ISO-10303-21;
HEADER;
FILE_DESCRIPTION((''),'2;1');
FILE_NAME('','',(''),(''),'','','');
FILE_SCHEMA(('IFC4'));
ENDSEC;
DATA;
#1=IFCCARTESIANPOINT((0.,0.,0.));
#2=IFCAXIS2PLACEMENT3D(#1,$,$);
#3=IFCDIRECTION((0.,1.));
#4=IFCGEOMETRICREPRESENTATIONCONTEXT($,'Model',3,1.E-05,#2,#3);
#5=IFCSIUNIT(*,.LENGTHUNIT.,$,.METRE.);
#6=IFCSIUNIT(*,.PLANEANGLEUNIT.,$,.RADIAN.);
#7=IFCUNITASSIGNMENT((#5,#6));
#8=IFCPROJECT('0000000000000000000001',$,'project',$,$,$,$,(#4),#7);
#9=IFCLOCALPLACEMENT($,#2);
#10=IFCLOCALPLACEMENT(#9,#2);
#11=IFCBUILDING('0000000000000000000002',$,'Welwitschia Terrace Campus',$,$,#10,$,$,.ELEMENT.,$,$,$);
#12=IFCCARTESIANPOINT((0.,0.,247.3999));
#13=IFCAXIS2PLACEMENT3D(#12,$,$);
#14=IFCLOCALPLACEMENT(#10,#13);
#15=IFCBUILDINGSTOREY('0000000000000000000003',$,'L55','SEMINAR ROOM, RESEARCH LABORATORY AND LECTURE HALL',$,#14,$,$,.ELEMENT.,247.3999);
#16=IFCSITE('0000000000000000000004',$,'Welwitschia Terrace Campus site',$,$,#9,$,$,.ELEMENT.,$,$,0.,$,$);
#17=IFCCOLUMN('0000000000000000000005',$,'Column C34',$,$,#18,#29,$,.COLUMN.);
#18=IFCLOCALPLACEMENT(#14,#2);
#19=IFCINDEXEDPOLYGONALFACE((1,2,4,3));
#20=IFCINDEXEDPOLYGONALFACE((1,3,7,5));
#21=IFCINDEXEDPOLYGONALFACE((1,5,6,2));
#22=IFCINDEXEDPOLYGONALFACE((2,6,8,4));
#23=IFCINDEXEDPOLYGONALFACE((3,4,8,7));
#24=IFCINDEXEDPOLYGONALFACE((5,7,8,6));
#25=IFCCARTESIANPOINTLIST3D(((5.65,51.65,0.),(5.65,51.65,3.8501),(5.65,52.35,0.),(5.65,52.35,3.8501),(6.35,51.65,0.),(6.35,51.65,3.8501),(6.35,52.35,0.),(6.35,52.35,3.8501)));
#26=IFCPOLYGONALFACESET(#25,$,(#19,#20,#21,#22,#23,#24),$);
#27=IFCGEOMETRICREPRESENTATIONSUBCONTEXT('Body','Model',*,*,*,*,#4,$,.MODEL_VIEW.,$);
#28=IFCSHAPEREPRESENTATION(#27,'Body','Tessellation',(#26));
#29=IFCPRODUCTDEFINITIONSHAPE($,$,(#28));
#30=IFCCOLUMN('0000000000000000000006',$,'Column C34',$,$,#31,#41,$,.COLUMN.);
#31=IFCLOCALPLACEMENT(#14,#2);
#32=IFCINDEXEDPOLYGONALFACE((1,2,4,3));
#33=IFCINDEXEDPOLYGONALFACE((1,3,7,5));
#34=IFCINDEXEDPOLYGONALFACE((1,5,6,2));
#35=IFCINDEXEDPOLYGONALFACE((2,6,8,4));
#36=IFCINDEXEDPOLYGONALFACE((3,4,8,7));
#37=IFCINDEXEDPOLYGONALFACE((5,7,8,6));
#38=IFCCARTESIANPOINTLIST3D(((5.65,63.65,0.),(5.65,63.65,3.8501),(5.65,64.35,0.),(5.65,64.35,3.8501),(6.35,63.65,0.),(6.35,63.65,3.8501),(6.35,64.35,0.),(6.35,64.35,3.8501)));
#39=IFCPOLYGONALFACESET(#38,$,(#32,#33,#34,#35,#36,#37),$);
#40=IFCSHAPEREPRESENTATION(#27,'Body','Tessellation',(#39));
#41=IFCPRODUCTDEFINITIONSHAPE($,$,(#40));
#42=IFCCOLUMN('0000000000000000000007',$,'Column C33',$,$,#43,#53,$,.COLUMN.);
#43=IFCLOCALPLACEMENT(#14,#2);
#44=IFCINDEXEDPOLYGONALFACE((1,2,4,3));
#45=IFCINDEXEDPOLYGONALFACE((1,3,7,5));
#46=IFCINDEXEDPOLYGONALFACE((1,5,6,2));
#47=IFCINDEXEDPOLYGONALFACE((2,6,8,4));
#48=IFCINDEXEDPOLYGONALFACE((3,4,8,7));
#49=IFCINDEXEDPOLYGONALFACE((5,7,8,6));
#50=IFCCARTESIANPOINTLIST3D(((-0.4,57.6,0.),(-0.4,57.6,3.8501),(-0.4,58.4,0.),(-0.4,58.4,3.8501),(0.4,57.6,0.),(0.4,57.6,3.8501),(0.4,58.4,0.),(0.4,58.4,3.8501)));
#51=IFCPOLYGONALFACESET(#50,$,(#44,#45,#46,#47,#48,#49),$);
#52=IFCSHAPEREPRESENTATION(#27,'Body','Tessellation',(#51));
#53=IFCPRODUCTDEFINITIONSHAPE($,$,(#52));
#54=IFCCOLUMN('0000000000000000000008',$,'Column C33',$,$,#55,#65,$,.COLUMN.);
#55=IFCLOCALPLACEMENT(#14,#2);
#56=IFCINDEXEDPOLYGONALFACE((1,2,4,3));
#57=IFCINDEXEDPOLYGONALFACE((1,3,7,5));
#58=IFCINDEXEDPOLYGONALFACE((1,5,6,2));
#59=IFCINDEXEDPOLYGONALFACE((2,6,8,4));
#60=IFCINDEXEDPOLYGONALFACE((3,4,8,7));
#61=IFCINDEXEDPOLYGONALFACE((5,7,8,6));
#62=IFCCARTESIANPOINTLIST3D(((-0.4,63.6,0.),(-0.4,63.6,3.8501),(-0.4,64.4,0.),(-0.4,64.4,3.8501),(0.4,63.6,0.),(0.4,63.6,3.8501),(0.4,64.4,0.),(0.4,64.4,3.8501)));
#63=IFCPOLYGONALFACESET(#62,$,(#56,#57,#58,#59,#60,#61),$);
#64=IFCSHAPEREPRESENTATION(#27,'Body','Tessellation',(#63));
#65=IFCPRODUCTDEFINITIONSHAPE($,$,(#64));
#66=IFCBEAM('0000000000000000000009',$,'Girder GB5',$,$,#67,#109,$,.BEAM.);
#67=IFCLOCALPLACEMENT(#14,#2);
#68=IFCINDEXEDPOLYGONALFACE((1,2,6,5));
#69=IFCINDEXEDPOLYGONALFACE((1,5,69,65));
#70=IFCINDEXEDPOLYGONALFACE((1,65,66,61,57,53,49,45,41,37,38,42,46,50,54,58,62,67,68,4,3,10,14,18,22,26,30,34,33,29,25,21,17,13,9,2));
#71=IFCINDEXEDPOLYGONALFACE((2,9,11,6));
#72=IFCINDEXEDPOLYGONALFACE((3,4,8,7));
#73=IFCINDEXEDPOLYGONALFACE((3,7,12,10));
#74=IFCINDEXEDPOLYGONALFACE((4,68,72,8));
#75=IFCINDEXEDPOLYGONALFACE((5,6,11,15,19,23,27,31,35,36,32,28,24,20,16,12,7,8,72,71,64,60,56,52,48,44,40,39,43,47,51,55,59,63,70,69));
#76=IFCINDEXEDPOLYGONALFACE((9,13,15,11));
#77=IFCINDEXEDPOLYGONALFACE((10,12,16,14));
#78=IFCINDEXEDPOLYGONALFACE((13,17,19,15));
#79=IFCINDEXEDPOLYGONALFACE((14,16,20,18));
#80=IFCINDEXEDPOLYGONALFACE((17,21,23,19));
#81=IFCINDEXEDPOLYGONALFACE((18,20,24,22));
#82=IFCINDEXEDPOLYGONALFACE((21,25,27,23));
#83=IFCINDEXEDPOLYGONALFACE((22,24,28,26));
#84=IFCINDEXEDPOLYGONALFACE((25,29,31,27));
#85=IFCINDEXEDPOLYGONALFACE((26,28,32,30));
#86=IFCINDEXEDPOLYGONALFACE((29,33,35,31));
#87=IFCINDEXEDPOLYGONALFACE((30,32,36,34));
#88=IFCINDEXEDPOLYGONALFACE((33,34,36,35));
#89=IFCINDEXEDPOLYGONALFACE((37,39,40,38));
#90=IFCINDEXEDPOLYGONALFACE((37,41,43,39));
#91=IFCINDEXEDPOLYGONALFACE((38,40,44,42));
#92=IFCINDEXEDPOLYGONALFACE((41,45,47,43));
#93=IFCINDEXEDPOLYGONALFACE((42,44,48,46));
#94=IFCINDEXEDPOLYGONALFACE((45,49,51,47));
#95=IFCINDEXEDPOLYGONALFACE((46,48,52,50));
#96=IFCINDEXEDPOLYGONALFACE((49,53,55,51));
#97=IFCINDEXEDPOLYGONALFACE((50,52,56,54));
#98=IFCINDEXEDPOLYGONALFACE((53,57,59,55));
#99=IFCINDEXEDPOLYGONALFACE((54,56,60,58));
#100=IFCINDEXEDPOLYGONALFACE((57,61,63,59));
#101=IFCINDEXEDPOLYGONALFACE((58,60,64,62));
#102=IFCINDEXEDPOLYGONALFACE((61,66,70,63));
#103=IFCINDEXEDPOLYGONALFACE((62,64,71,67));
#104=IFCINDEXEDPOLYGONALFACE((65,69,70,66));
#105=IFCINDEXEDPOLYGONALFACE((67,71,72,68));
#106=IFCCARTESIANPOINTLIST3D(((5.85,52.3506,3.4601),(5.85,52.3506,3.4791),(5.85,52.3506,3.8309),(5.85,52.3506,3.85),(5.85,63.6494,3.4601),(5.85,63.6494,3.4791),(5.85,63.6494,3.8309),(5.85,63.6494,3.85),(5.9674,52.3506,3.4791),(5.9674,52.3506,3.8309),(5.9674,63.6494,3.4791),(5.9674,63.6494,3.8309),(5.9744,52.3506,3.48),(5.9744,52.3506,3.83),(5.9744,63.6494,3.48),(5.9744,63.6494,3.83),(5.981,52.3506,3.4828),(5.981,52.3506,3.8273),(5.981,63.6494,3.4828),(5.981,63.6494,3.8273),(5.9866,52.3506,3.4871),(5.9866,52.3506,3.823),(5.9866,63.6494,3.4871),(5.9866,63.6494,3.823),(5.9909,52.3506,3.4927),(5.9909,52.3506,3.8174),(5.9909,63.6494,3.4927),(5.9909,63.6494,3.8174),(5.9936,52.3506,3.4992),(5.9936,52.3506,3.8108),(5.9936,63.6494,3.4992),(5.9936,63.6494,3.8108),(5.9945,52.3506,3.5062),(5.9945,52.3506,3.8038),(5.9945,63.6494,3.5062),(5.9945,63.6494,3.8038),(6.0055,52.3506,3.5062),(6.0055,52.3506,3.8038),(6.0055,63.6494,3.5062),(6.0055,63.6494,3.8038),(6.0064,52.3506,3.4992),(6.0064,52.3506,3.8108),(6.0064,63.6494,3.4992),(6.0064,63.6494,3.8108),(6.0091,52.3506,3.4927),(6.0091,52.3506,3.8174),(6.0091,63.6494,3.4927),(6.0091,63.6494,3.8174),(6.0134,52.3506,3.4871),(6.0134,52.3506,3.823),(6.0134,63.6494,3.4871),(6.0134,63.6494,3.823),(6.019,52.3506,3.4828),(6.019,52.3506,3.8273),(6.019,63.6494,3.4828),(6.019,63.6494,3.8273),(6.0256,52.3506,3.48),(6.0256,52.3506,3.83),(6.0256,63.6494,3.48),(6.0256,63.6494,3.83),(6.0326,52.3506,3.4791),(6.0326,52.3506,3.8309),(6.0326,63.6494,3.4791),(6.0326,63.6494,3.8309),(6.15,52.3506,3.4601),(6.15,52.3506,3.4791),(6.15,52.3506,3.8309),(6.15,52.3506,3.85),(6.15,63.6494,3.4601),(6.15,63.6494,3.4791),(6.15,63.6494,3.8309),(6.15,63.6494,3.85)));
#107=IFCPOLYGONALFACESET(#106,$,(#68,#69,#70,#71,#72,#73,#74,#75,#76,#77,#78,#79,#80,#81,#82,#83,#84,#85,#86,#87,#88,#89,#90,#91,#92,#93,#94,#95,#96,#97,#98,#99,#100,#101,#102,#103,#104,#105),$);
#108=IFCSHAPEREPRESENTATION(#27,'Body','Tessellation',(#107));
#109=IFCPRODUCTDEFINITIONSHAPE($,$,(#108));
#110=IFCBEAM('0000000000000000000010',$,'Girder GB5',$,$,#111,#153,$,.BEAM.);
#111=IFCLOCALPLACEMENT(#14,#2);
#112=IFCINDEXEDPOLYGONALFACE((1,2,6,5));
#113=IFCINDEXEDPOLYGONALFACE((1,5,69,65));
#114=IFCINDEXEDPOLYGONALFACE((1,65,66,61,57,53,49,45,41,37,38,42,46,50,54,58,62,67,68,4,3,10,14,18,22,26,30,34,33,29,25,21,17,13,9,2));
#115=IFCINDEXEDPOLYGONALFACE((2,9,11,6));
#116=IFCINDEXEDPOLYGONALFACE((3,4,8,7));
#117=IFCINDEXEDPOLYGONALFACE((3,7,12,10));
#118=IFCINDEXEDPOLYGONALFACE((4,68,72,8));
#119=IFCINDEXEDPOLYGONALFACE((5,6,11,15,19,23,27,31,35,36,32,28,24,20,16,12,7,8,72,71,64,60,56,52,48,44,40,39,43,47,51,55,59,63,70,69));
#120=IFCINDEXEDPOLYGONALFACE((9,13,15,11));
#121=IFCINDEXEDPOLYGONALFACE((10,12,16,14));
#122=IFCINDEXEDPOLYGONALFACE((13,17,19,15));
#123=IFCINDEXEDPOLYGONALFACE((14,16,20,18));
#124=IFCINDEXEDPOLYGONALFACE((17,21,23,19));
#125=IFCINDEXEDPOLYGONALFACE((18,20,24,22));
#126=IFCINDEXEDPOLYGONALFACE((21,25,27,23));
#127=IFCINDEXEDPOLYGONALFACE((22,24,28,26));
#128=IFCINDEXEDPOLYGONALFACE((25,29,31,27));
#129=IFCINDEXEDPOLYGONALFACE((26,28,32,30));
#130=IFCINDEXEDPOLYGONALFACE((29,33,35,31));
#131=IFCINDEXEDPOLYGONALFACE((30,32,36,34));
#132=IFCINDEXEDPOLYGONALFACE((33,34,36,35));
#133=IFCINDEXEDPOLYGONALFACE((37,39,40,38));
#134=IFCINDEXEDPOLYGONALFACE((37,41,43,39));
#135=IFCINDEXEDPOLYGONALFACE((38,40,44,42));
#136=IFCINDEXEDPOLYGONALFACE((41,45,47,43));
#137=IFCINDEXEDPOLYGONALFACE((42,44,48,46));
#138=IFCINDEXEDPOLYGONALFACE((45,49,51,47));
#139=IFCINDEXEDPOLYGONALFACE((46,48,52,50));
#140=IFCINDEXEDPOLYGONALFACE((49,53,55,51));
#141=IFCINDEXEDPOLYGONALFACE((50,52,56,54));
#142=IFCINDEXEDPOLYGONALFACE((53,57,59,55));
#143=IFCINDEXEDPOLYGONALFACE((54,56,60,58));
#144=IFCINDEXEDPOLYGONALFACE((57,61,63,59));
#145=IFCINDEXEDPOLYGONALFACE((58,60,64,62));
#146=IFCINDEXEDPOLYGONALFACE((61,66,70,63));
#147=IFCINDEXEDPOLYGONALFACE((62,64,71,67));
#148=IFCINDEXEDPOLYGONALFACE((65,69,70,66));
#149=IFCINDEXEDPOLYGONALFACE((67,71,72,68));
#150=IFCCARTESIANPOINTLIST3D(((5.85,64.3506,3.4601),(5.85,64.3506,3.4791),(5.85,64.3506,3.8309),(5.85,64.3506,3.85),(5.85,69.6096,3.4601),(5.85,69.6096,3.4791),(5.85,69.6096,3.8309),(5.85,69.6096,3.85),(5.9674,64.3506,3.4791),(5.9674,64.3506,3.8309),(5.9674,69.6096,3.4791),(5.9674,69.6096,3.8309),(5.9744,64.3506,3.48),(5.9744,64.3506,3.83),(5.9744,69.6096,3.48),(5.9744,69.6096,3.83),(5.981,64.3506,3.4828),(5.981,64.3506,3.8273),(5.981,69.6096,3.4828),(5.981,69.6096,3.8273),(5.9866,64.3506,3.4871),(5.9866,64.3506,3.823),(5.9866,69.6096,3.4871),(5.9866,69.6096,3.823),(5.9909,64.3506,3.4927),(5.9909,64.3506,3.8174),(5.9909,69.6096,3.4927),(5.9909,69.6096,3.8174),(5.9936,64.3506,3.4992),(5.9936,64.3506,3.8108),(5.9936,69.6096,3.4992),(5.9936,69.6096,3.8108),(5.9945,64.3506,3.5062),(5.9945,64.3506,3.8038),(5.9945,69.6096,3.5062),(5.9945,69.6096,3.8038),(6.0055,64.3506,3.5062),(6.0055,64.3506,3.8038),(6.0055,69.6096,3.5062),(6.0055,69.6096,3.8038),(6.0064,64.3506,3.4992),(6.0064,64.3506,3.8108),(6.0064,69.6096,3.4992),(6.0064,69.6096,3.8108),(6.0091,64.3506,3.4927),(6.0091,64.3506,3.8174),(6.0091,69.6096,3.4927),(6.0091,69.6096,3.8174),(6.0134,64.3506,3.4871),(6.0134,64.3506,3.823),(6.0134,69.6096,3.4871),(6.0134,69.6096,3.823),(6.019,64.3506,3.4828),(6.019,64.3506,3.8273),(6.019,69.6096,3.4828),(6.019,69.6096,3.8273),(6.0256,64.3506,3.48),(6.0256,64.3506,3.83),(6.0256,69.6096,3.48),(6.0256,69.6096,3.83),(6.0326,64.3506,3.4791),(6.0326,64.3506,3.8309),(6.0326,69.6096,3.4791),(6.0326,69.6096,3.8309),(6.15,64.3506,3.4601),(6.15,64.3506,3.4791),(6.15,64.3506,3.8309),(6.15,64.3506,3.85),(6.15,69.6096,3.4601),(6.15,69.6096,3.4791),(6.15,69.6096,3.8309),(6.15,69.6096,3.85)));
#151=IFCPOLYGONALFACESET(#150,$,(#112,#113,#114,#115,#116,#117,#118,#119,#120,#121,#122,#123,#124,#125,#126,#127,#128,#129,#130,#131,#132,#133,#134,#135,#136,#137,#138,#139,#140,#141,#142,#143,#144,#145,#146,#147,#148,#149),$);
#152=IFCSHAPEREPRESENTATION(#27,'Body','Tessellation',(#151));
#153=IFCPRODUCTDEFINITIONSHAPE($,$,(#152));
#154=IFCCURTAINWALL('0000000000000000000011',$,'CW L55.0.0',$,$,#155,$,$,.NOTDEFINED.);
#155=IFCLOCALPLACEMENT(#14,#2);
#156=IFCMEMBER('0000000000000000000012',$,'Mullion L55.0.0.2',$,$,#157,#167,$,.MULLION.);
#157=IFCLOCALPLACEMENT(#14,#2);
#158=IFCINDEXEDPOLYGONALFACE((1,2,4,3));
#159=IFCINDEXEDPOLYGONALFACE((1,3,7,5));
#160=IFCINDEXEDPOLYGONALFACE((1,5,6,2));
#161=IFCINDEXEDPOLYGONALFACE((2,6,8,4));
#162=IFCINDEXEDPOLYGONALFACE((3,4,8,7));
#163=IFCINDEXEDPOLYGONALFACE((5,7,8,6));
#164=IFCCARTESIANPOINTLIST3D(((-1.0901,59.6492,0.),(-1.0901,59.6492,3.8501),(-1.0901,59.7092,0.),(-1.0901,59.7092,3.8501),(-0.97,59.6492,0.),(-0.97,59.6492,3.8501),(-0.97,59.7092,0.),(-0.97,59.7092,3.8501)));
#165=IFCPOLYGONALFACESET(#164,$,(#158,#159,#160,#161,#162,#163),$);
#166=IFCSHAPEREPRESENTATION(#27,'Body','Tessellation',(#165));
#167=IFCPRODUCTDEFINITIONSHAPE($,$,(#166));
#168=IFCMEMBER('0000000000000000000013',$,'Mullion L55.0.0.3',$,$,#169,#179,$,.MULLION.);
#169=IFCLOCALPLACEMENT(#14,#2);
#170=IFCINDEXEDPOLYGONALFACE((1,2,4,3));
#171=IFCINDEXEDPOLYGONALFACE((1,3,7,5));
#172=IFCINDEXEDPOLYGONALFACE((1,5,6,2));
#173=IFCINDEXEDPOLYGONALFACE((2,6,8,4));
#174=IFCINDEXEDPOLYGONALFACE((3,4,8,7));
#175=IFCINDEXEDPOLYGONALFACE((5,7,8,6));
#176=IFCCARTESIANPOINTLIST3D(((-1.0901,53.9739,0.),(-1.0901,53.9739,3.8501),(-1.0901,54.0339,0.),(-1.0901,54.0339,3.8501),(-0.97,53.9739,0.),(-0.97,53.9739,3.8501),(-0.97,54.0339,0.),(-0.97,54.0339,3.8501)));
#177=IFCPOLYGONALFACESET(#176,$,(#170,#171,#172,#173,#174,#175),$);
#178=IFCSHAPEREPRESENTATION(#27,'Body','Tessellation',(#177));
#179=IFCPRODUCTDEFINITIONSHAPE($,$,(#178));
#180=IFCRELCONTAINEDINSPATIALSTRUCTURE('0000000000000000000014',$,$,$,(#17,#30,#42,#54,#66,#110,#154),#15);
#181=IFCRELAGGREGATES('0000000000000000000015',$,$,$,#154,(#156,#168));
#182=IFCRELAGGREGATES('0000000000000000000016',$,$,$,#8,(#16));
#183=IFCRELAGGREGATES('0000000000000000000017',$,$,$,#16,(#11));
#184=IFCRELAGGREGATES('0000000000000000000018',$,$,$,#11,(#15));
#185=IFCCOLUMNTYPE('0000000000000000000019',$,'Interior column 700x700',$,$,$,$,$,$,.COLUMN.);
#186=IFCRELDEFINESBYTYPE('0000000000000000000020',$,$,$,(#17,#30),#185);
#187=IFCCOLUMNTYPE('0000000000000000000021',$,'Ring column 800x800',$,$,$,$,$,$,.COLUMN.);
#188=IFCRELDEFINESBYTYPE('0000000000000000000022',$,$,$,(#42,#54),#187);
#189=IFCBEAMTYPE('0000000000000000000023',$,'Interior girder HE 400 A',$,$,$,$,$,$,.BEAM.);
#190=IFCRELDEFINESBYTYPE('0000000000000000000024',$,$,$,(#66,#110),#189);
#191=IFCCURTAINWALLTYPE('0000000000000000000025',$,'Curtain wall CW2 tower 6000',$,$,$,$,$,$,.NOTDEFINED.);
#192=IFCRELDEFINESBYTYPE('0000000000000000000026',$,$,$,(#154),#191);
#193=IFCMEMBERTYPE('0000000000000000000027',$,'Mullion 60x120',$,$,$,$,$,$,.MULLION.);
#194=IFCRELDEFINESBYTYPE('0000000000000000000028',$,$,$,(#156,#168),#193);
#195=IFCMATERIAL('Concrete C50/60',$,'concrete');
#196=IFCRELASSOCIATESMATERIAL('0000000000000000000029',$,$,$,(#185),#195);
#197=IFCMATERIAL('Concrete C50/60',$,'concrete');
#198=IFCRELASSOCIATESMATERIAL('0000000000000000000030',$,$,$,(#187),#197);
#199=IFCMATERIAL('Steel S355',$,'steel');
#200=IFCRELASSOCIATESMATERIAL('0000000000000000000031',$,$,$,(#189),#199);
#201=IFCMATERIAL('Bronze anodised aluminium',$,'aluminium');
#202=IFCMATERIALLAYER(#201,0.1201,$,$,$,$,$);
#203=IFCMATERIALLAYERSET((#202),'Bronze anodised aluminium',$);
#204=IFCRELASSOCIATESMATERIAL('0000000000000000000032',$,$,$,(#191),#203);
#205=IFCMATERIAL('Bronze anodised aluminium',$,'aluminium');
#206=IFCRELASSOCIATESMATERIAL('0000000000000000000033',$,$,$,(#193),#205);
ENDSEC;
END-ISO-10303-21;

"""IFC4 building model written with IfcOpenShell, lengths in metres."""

from ifc_helpers import new_model, si_unit, direction, frame, origin, origin_2d, place, context, subcontext, project, spatial, rectangle, i_section, extrude, material, layer, layer_set, material_profile, profile_set, type_object, element, aggregate, save


model = new_model("IFC4")

# Units and contexts
model_context = context("Model", 3, precision=1e-05, world=origin(), true_north=direction((0.0, 1.0)))
body_context = subcontext(model_context, "Body", "Model", "MODEL_VIEW")
ifc_project = project(units=[si_unit("LENGTHUNIT", "METRE"), si_unit("PLANEANGLEUNIT", "RADIAN")], contexts=[model_context])

# Site, building, storey
site_placement = place(None, origin())
site = spatial("IfcSite", under=ifc_project, at=site_placement, Name="Welwitschia Terrace Campus site", CompositionType="ELEMENT", RefElevation=0.0)
building_placement = place(site_placement, origin())
building = spatial("IfcBuilding", under=site, at=building_placement, Name="Welwitschia Terrace Campus", CompositionType="ELEMENT")
storey_placement = place(building_placement, frame((0.0, 0.0, 247.3999)))
storey = spatial("IfcBuildingStorey", under=building, at=storey_placement, Name="L55", Description="SEMINAR ROOM, RESEARCH LABORATORY AND LECTURE HALL", CompositionType="ELEMENT", Elevation=247.3999)

# Columns
ifc_material_1 = material(Name="Concrete C50/60", Category="concrete")
ifc_material_profile_1 = material_profile(ifc_material_1, rectangle(XDim=0.7, YDim=0.7, at=origin_2d()))
ifc_profile_set_1 = profile_set([ifc_material_profile_1], Name="Concrete C50/60")
column_type_1 = type_object("IfcColumnType", Name="Interior column 700x700", PredefinedType="COLUMN", material=ifc_profile_set_1)
for number, where, z_axis, x_axis, name in (
    (1, (6.0, 52.0, 0.0), (0.0, 0.0, 1.0), (1.0, 0.0, 0.0), "Column C34"),
    (2, (6.0, 64.0, 0.0), (0.0, 0.0, 1.0), (1.0, 0.0, 0.0), "Column C34"),
):
    element("IfcColumn", number, at=place(storey_placement, frame(where, z_axis=z_axis, x_axis=x_axis)), inside=storey, type_object=column_type_1, Name=name, PredefinedType="COLUMN", context=body_context, shape_type="SweptSolid", body=[
        extrude(rectangle(XDim=0.7, YDim=0.7, at=origin_2d()), origin(), (0.0, 0.0, 1.0), 3.8501),
    ])
ifc_material_2 = material(Name="Concrete C50/60", Category="concrete")
ifc_material_profile_2 = material_profile(ifc_material_2, rectangle(XDim=0.8, YDim=0.8, at=origin_2d()))
ifc_profile_set_2 = profile_set([ifc_material_profile_2], Name="Concrete C50/60")
column_type_2 = type_object("IfcColumnType", Name="Ring column 800x800", PredefinedType="COLUMN", material=ifc_profile_set_2)
for number, where, z_axis, x_axis, name in (
    (3, (0.0, 58.0, 0.0), (0.0, 0.0, 1.0), (1.0, 0.0, 0.0), "Column C33"),
    (4, (0.0, 64.0, 0.0), (0.0, 0.0, 1.0), (1.0, 0.0, 0.0), "Column C33"),
):
    element("IfcColumn", number, at=place(storey_placement, frame(where, z_axis=z_axis, x_axis=x_axis)), inside=storey, type_object=column_type_2, Name=name, PredefinedType="COLUMN", context=body_context, shape_type="SweptSolid", body=[
        extrude(rectangle(XDim=0.8, YDim=0.8, at=origin_2d()), origin(), (0.0, 0.0, 1.0), 3.8501),
    ])

# Beams
ifc_material_3 = material(Name="Steel S355", Category="steel")
ifc_material_profile_3 = material_profile(ifc_material_3, i_section(OverallWidth=0.3, OverallDepth=0.3899, WebThickness=0.011, FlangeThickness=0.019, FilletRadius=0.0271, at=origin_2d()))
ifc_profile_set_3 = profile_set([ifc_material_profile_3], Name="Steel S355")
beam_type_1 = type_object("IfcBeamType", Name="Interior girder HE 400 A", PredefinedType="BEAM", material=ifc_profile_set_3)
beam_1_placement = place(storey_placement, frame((6.0, 52.3506, 3.655), z_axis=(0.0, 1.0, 0.0), x_axis=(-1.0, 0.0, 0.0)))
element("IfcBeam", 5, at=beam_1_placement, inside=storey, type_object=beam_type_1, Name="Girder GB5", PredefinedType="BEAM", context=body_context, shape_type="SweptSolid", body=[
    extrude(i_section(OverallWidth=0.3, OverallDepth=0.3899, WebThickness=0.011, FlangeThickness=0.019, FilletRadius=0.0271, at=origin_2d()), origin(), (0.0, 0.0, 1.0), 11.2988),
])
beam_2_placement = place(storey_placement, frame((6.0, 64.3506, 3.655), z_axis=(0.0, 1.0, 0.0), x_axis=(-1.0, 0.0, 0.0)))
element("IfcBeam", 6, at=beam_2_placement, inside=storey, type_object=beam_type_1, Name="Girder GB5", PredefinedType="BEAM", context=body_context, shape_type="SweptSolid", body=[
    extrude(i_section(OverallWidth=0.3, OverallDepth=0.3899, WebThickness=0.011, FlangeThickness=0.019, FilletRadius=0.0271, at=origin_2d()), origin(), (0.0, 0.0, 1.0), 5.259),
])

# Curtain wall, members
ifc_material_4 = material(Name="Bronze anodised aluminium", Category="aluminium")
ifc_layer_1 = layer(ifc_material_4, 0.1201)
ifc_layer_set_1 = layer_set([ifc_layer_1], Name="Bronze anodised aluminium")
curtain_wall_type = type_object("IfcCurtainWallType", Name="Curtain wall CW2 tower 6000", PredefinedType="NOTDEFINED", material=ifc_layer_set_1)
curtain_wall_placement = place(storey_placement, origin())
curtain_wall = element("IfcCurtainWall", 7, at=curtain_wall_placement, inside=storey, type_object=curtain_wall_type, Name="CW L55.0.0", PredefinedType="NOTDEFINED")
ifc_material_5 = material(Name="Bronze anodised aluminium", Category="aluminium")
ifc_material_profile_4 = material_profile(ifc_material_5, rectangle(XDim=0.1201, YDim=0.0601, at=origin_2d()))
ifc_profile_set_4 = profile_set([ifc_material_profile_4], Name="Bronze anodised aluminium")
member_type = type_object("IfcMemberType", Name="Mullion 60x120", PredefinedType="MULLION", material=ifc_profile_set_4)
member_1_placement = place(storey_placement, frame((-1.03, 59.6792, 0.0), z_axis=(0.0, 0.0, 1.0), x_axis=(1.0, 0.0, 0.0)))
member_1 = element("IfcMember", 8, at=member_1_placement, type_object=member_type, Name="Mullion L55.0.0.2", PredefinedType="MULLION", context=body_context, shape_type="SweptSolid", body=[
    extrude(rectangle(XDim=0.1201, YDim=0.0601, at=origin_2d()), origin(), (0.0, 0.0, 1.0), 3.8501),
])
member_2_placement = place(storey_placement, frame((-1.03, 54.0039, 0.0), z_axis=(0.0, 0.0, 1.0), x_axis=(1.0, 0.0, 0.0)))
member_2 = element("IfcMember", 9, at=member_2_placement, type_object=member_type, Name="Mullion L55.0.0.3", PredefinedType="MULLION", context=body_context, shape_type="SweptSolid", body=[
    extrude(rectangle(XDim=0.1201, YDim=0.0601, at=origin_2d()), origin(), (0.0, 0.0, 1.0), 3.8501),
])

aggregate(curtain_wall, [member_1, member_2])

save(model, "model.ifc")
